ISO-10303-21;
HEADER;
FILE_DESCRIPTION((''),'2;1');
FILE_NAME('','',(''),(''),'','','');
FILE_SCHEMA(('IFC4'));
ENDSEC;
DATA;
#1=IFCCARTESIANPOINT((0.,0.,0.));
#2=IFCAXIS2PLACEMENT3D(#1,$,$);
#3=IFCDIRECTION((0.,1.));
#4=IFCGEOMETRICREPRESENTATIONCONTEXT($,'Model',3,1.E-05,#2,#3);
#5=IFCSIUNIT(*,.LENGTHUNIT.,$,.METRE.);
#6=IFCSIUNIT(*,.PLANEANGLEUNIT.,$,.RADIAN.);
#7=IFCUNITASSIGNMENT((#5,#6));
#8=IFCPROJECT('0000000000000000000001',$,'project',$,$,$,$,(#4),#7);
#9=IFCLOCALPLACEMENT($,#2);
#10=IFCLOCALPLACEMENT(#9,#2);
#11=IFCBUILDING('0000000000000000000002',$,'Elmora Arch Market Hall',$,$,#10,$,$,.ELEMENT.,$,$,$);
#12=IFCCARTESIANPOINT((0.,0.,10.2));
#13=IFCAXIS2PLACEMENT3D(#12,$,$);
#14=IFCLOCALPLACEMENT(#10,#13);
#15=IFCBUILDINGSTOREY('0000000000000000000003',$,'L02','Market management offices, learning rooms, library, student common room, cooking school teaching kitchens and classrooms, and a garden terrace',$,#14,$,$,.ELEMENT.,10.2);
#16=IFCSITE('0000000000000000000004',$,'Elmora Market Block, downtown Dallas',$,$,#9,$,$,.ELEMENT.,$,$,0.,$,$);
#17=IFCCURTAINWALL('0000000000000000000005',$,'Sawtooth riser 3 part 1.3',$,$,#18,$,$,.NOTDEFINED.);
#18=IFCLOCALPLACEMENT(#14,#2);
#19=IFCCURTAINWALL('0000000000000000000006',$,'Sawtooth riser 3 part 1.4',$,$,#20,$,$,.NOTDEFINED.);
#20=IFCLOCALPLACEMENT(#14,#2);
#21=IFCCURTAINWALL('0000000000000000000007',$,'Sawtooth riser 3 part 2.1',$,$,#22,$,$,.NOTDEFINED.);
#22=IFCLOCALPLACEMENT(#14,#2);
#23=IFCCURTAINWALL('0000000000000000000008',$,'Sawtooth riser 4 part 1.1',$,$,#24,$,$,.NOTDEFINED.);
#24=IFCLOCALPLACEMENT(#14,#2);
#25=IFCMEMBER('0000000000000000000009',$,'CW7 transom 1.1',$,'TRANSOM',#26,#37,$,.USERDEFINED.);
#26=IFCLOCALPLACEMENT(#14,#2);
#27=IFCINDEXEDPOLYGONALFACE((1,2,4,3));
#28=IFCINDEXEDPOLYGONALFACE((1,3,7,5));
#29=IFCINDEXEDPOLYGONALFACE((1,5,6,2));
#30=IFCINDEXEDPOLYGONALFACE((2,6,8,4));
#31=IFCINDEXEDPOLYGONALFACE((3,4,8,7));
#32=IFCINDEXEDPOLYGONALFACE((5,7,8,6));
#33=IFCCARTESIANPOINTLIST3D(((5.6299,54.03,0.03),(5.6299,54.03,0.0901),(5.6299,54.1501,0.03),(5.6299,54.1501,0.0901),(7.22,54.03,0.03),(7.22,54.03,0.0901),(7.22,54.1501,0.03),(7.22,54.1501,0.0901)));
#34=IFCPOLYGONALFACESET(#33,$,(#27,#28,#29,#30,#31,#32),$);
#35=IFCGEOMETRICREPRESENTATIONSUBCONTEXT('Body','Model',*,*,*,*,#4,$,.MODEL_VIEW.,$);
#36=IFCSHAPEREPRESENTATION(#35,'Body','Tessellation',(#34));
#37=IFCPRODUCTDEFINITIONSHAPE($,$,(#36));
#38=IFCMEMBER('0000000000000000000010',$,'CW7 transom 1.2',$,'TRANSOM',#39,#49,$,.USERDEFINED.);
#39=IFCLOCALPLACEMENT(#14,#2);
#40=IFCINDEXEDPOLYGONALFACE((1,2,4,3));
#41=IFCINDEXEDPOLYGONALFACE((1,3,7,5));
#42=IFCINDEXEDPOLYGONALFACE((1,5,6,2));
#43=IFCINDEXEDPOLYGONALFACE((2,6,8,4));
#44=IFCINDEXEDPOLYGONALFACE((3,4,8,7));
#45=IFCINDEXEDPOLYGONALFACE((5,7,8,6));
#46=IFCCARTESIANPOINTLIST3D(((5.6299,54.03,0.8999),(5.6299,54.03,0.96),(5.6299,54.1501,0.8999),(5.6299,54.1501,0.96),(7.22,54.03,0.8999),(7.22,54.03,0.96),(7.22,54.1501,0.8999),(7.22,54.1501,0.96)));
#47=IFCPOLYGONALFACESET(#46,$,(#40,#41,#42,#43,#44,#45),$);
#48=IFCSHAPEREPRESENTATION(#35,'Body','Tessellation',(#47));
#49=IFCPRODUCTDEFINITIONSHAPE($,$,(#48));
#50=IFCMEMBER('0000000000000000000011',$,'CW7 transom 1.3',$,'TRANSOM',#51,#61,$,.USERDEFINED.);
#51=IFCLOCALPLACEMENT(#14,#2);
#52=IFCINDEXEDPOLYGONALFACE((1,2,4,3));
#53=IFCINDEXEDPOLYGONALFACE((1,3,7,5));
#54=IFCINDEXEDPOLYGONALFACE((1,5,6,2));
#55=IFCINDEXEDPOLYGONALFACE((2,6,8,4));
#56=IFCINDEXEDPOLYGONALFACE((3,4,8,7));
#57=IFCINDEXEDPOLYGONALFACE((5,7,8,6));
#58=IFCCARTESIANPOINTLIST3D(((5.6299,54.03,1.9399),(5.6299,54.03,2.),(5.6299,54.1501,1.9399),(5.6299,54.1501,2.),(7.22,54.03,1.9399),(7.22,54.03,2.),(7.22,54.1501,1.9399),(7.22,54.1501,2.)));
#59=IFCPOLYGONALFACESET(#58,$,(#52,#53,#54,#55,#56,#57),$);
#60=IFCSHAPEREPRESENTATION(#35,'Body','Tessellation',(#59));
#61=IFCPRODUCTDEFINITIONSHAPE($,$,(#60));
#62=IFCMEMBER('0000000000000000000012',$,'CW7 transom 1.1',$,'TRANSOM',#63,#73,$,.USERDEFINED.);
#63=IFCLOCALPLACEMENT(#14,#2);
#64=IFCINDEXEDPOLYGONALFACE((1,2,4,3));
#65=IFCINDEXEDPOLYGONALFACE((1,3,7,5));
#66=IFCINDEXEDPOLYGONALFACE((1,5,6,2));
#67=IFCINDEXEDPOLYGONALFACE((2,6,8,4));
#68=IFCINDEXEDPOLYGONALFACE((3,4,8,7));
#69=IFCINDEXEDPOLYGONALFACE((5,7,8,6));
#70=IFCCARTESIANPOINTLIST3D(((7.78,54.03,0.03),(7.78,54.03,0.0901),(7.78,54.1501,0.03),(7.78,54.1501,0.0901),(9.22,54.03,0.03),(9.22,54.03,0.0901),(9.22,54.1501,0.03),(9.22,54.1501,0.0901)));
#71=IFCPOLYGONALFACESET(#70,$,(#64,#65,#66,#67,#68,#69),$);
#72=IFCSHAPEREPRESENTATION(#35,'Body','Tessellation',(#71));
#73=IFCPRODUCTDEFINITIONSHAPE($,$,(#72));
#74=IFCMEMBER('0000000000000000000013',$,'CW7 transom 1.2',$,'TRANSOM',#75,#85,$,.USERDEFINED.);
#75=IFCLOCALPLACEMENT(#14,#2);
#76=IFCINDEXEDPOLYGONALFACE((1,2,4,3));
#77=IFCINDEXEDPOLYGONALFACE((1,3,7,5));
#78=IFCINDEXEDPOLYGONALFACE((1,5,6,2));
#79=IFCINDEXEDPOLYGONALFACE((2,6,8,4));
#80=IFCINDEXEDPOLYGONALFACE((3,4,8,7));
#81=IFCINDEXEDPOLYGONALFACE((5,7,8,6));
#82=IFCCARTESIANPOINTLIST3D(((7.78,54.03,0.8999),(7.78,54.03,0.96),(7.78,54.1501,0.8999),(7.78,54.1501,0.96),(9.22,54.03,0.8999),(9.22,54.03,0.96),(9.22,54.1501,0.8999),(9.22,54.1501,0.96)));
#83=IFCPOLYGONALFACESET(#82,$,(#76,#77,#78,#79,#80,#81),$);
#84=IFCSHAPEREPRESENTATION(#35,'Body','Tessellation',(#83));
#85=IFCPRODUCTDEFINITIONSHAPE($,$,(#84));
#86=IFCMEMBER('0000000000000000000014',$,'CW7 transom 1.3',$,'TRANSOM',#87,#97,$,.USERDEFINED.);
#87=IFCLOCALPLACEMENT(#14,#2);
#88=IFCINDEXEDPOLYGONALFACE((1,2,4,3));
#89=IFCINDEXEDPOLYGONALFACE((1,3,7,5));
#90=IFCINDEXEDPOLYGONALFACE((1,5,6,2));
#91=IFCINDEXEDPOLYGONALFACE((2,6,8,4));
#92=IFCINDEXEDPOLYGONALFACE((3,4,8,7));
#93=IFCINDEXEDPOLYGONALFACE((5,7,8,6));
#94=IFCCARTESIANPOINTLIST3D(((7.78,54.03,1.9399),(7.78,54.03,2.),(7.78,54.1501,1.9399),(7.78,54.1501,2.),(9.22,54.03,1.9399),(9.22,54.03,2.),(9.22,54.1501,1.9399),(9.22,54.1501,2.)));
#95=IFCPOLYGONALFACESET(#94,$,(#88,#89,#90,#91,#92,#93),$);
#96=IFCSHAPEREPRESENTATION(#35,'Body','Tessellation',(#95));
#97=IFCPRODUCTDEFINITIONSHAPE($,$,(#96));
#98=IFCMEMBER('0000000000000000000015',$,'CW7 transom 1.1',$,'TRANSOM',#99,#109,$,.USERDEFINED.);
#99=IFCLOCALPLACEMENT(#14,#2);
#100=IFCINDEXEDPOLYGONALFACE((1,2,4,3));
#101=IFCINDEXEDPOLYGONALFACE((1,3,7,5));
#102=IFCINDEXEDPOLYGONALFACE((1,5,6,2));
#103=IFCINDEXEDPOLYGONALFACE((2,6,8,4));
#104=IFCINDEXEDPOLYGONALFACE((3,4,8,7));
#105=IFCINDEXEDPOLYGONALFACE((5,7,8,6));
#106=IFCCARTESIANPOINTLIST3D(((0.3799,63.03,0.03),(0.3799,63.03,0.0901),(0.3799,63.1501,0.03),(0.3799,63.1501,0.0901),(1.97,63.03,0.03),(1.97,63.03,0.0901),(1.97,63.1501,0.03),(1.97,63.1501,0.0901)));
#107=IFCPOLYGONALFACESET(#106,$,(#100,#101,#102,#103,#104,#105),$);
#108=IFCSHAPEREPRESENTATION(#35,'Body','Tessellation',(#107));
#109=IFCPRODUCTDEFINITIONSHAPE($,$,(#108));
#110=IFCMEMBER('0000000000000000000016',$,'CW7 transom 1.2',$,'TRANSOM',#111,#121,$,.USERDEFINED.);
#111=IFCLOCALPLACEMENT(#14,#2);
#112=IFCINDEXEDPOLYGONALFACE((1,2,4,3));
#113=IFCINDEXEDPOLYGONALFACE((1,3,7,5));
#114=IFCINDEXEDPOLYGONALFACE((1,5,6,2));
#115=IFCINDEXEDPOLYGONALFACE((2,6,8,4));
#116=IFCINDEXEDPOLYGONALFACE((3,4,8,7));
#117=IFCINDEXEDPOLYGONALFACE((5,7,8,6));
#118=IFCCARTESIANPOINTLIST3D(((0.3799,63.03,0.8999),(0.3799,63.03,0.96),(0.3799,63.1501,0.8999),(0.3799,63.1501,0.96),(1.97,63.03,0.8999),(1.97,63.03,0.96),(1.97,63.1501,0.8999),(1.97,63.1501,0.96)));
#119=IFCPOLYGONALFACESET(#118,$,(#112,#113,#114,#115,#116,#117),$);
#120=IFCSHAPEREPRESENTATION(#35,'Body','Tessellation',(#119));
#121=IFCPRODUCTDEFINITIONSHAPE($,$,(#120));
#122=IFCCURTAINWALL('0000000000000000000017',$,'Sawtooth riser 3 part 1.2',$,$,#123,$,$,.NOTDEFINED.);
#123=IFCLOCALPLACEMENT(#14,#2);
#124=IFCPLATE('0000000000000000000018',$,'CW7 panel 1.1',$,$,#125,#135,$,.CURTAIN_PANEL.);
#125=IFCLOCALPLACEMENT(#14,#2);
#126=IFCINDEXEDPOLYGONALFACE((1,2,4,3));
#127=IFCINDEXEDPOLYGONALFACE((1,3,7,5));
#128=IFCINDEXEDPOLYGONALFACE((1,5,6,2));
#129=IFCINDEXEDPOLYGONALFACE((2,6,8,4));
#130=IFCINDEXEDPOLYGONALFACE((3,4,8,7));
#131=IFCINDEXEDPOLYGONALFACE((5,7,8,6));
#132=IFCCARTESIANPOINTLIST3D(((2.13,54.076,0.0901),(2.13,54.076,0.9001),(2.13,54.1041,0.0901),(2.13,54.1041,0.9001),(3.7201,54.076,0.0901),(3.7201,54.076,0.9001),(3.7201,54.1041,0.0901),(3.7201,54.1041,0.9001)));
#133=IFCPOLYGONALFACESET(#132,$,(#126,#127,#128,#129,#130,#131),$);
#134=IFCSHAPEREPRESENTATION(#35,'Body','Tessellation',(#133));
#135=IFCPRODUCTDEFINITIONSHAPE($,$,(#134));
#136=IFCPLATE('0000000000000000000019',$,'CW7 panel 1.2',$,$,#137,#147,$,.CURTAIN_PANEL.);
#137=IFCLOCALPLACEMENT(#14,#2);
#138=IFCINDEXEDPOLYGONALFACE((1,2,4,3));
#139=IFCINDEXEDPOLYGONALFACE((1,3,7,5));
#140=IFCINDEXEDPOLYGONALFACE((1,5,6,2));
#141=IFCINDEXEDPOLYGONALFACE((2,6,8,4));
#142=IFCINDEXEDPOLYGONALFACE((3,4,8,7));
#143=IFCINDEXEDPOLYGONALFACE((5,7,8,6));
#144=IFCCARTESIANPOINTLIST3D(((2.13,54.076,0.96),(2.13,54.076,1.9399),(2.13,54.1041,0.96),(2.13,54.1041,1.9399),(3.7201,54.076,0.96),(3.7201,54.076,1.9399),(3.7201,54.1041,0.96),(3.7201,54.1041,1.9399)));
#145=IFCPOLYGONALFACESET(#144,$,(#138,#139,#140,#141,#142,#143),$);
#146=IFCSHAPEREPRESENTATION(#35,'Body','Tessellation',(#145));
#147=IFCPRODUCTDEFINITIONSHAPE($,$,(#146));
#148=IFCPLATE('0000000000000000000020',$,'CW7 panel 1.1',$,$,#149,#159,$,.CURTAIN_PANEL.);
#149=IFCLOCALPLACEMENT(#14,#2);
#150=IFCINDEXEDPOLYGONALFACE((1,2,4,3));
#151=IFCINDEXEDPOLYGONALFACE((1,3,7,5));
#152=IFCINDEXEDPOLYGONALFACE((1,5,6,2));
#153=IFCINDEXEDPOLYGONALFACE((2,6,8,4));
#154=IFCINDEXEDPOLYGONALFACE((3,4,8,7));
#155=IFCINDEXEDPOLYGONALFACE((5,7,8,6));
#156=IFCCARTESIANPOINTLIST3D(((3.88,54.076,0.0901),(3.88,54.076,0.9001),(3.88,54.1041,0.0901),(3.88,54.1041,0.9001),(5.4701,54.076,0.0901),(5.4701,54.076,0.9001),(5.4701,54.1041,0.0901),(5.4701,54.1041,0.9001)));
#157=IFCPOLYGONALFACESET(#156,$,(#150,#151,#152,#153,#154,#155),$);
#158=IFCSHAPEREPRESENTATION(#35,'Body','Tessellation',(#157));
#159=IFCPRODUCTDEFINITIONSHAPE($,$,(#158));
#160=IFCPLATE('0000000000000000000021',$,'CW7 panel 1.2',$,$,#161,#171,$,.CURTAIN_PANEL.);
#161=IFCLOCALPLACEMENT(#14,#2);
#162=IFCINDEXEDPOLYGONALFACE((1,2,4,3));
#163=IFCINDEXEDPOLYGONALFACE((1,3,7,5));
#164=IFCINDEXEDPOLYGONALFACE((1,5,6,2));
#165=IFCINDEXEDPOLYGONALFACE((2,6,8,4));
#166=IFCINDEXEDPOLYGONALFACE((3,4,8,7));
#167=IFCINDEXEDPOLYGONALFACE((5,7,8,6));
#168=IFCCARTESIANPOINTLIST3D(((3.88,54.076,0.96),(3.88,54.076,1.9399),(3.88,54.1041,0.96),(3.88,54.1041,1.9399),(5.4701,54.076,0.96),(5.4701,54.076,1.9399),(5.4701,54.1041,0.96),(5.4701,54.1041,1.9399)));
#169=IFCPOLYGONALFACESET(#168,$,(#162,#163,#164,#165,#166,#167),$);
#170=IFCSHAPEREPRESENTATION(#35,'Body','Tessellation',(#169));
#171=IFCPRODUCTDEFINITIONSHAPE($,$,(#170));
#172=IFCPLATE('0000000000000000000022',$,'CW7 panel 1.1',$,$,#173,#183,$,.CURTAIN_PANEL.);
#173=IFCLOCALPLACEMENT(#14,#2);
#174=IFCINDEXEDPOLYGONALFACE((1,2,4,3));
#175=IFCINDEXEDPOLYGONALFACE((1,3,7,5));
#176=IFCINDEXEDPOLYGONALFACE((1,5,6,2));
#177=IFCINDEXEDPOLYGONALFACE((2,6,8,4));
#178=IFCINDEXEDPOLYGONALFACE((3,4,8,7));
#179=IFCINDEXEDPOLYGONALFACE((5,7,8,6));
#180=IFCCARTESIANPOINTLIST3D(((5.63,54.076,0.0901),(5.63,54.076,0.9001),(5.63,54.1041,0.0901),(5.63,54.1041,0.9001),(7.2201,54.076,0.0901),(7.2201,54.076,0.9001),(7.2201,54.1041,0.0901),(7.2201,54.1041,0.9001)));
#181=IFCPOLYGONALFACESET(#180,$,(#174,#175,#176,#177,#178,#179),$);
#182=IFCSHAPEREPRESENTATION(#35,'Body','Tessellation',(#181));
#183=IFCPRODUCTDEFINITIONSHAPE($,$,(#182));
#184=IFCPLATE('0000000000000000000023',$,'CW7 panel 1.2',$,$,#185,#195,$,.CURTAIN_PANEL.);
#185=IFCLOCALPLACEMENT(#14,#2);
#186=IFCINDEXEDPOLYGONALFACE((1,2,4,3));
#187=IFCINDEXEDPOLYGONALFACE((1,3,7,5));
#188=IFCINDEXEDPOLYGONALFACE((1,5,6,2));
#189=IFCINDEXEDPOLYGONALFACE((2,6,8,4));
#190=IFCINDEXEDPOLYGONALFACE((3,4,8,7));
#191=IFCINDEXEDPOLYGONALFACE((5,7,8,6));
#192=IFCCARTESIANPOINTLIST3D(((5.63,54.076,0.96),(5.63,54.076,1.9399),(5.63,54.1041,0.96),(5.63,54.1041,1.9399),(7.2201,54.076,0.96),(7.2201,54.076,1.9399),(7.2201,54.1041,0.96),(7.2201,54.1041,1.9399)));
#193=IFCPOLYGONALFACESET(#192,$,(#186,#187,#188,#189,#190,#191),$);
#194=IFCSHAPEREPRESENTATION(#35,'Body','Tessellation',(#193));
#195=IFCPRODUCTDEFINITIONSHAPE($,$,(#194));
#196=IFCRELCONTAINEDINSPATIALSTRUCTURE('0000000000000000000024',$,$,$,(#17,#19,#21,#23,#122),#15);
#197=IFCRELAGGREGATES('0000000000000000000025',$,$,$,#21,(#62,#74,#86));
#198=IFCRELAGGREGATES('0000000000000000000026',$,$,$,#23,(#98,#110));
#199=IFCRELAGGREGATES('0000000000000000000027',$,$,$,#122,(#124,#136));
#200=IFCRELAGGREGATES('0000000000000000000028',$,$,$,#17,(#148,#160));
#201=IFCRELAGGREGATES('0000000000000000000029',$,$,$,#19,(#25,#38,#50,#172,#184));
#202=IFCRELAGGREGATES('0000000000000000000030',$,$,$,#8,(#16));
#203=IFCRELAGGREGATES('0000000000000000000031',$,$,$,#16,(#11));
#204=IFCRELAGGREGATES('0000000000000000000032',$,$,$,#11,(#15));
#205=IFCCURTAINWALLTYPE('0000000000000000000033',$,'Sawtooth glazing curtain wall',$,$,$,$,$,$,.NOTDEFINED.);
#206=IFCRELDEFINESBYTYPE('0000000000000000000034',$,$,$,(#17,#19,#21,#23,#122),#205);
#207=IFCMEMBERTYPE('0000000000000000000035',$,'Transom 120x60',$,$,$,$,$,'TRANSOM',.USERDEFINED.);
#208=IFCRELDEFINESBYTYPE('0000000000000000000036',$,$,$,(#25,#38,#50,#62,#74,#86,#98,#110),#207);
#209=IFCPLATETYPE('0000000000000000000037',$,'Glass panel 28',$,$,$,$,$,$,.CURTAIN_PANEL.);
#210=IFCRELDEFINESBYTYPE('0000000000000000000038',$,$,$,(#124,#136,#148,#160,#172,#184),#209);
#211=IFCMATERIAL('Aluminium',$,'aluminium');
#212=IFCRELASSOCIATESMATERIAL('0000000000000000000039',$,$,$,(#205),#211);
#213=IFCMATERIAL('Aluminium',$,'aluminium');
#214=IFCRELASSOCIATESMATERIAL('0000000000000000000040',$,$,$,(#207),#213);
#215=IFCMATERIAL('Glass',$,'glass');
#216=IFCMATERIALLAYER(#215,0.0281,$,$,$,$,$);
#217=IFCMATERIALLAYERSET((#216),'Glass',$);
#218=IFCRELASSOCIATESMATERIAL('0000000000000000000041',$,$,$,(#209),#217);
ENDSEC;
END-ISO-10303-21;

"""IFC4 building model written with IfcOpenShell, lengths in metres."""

from ifc_helpers import new_model, si_unit, direction, frame, origin, origin_2d, place, context, subcontext, project, spatial, rectangle, extrude, material, layer, layer_set, material_profile, profile_set, type_object, element, aggregate, save


model = new_model("IFC4")

# Units and contexts
model_context = context("Model", 3, precision=1e-05, world=origin(), true_north=direction((0.0, 1.0)))
body_context = subcontext(model_context, "Body", "Model", "MODEL_VIEW")
ifc_project = project(units=[si_unit("LENGTHUNIT", "METRE"), si_unit("PLANEANGLEUNIT", "RADIAN")], contexts=[model_context])

# Site, building, storey
site_placement = place(None, origin())
site = spatial("IfcSite", under=ifc_project, at=site_placement, Name="Elmora Market Block, downtown Dallas", CompositionType="ELEMENT", RefElevation=0.0)
building_placement = place(site_placement, origin())
building = spatial("IfcBuilding", under=site, at=building_placement, Name="Elmora Arch Market Hall", CompositionType="ELEMENT")
storey_placement = place(building_placement, frame((0.0, 0.0, 10.2)))
storey = spatial("IfcBuildingStorey", under=building, at=storey_placement, Name="L02", Description="Market management offices, learning rooms, library, student common room, cooking school teaching kitchens and classrooms, and a garden terrace", CompositionType="ELEMENT", Elevation=10.2)

# Curtain walls
ifc_material_1 = material(Name="Aluminium", Category="aluminium")
curtain_wall_type = type_object("IfcCurtainWallType", Name="Sawtooth glazing curtain wall", PredefinedType="NOTDEFINED", material=ifc_material_1)
curtain_wall_1_placement = place(storey_placement, origin())
curtain_wall_1 = element("IfcCurtainWall", 1, at=curtain_wall_1_placement, inside=storey, type_object=curtain_wall_type, Name="Sawtooth riser 3 part 1.3", PredefinedType="NOTDEFINED")
curtain_wall_2_placement = place(storey_placement, origin())
curtain_wall_2 = element("IfcCurtainWall", 2, at=curtain_wall_2_placement, inside=storey, type_object=curtain_wall_type, Name="Sawtooth riser 3 part 1.4", PredefinedType="NOTDEFINED")

# Curtain walls
curtain_wall_3_placement = place(storey_placement, origin())
curtain_wall_3 = element("IfcCurtainWall", 3, at=curtain_wall_3_placement, inside=storey, type_object=curtain_wall_type, Name="Sawtooth riser 3 part 2.1", PredefinedType="NOTDEFINED")
curtain_wall_4_placement = place(storey_placement, origin())
curtain_wall_4 = element("IfcCurtainWall", 4, at=curtain_wall_4_placement, inside=storey, type_object=curtain_wall_type, Name="Sawtooth riser 4 part 1.1", PredefinedType="NOTDEFINED")

# Members
ifc_material_2 = material(Name="Aluminium", Category="aluminium")
ifc_material_profile_1 = material_profile(ifc_material_2, rectangle(XDim=0.1201, YDim=0.0601, at=origin_2d()), Name="AL 120x60")
ifc_profile_set_1 = profile_set([ifc_material_profile_1], Name="Aluminium")
member_type_1 = type_object("IfcMemberType", Name="Transom 120x60", ElementType="TRANSOM", PredefinedType="USERDEFINED", material=ifc_profile_set_1)
member_1_placement = place(storey_placement, frame((5.6299, 54.0901, 0.0601), z_axis=(1.0, 0.0, 0.0), x_axis=(0.0, 1.0, 0.0)))
member_1 = element("IfcMember", 5, at=member_1_placement, type_object=member_type_1, Name="CW7 transom 1.1", ObjectType="TRANSOM", PredefinedType="USERDEFINED", context=body_context, shape_type="SweptSolid", body=[
    extrude(rectangle(XDim=0.1201, YDim=0.0601, at=origin_2d()), origin(), (0.0, 0.0, 1.0), 1.5901),
])
member_2_placement = place(storey_placement, frame((5.6299, 54.0901, 0.9299), z_axis=(1.0, 0.0, 0.0), x_axis=(0.0, 1.0, 0.0)))
member_2 = element("IfcMember", 6, at=member_2_placement, type_object=member_type_1, Name="CW7 transom 1.2", ObjectType="TRANSOM", PredefinedType="USERDEFINED", context=body_context, shape_type="SweptSolid", body=[
    extrude(rectangle(XDim=0.1201, YDim=0.0601, at=origin_2d()), origin(), (0.0, 0.0, 1.0), 1.5901),
])
member_3_placement = place(storey_placement, frame((5.6299, 54.0901, 1.97), z_axis=(1.0, 0.0, 0.0), x_axis=(0.0, 1.0, 0.0)))
member_3 = element("IfcMember", 7, at=member_3_placement, type_object=member_type_1, Name="CW7 transom 1.3", ObjectType="TRANSOM", PredefinedType="USERDEFINED", context=body_context, shape_type="SweptSolid", body=[
    extrude(rectangle(XDim=0.1201, YDim=0.0601, at=origin_2d()), origin(), (0.0, 0.0, 1.0), 1.5901),
])
member_4_placement = place(storey_placement, frame((7.78, 54.0901, 0.0601), z_axis=(1.0, 0.0, 0.0), x_axis=(0.0, 1.0, 0.0)))
member_4 = element("IfcMember", 8, at=member_4_placement, type_object=member_type_1, Name="CW7 transom 1.1", ObjectType="TRANSOM", PredefinedType="USERDEFINED", context=body_context, shape_type="SweptSolid", body=[
    extrude(rectangle(XDim=0.1201, YDim=0.0601, at=origin_2d()), origin(), (0.0, 0.0, 1.0), 1.4399),
])
member_5_placement = place(storey_placement, frame((7.78, 54.0901, 0.9299), z_axis=(1.0, 0.0, 0.0), x_axis=(0.0, 1.0, 0.0)))
member_5 = element("IfcMember", 9, at=member_5_placement, type_object=member_type_1, Name="CW7 transom 1.2", ObjectType="TRANSOM", PredefinedType="USERDEFINED", context=body_context, shape_type="SweptSolid", body=[
    extrude(rectangle(XDim=0.1201, YDim=0.0601, at=origin_2d()), origin(), (0.0, 0.0, 1.0), 1.4399),
])
member_6_placement = place(storey_placement, frame((7.78, 54.0901, 1.97), z_axis=(1.0, 0.0, 0.0), x_axis=(0.0, 1.0, 0.0)))
member_6 = element("IfcMember", 10, at=member_6_placement, type_object=member_type_1, Name="CW7 transom 1.3", ObjectType="TRANSOM", PredefinedType="USERDEFINED", context=body_context, shape_type="SweptSolid", body=[
    extrude(rectangle(XDim=0.1201, YDim=0.0601, at=origin_2d()), origin(), (0.0, 0.0, 1.0), 1.4399),
])
aggregate(curtain_wall_3, [member_4, member_5, member_6])
member_7_placement = place(storey_placement, frame((0.3799, 63.0901, 0.0601), z_axis=(1.0, 0.0, 0.0), x_axis=(0.0, 1.0, 0.0)))
member_7 = element("IfcMember", 11, at=member_7_placement, type_object=member_type_1, Name="CW7 transom 1.1", ObjectType="TRANSOM", PredefinedType="USERDEFINED", context=body_context, shape_type="SweptSolid", body=[
    extrude(rectangle(XDim=0.1201, YDim=0.0601, at=origin_2d()), origin(), (0.0, 0.0, 1.0), 1.5901),
])
member_8_placement = place(storey_placement, frame((0.3799, 63.0901, 0.9299), z_axis=(1.0, 0.0, 0.0), x_axis=(0.0, 1.0, 0.0)))
member_8 = element("IfcMember", 12, at=member_8_placement, type_object=member_type_1, Name="CW7 transom 1.2", ObjectType="TRANSOM", PredefinedType="USERDEFINED", context=body_context, shape_type="SweptSolid", body=[
    extrude(rectangle(XDim=0.1201, YDim=0.0601, at=origin_2d()), origin(), (0.0, 0.0, 1.0), 1.5901),
])
aggregate(curtain_wall_4, [member_7, member_8])

# Curtain wall, plates
curtain_wall_5_placement = place(storey_placement, origin())
curtain_wall_5 = element("IfcCurtainWall", 13, at=curtain_wall_5_placement, inside=storey, type_object=curtain_wall_type, Name="Sawtooth riser 3 part 1.2", PredefinedType="NOTDEFINED")
ifc_material_3 = material(Name="Glass", Category="glass")
ifc_layer_1 = layer(ifc_material_3, 0.0281)
ifc_layer_set_1 = layer_set([ifc_layer_1], Name="Glass")
plate_type = type_object("IfcPlateType", Name="Glass panel 28", PredefinedType="CURTAIN_PANEL", material=ifc_layer_set_1)
plate_1_placement = place(storey_placement, frame((2.925, 54.0901, 0.0901), z_axis=(0.0, 0.0, 1.0), x_axis=(1.0, 0.0, 0.0)))
plate_1 = element("IfcPlate", 14, at=plate_1_placement, type_object=plate_type, Name="CW7 panel 1.1", PredefinedType="CURTAIN_PANEL", context=body_context, shape_type="SweptSolid", body=[
    extrude(rectangle(XDim=1.5901, YDim=0.0281, at=origin_2d()), origin(), (0.0, 0.0, 1.0), 0.8101),
])
plate_2_placement = place(storey_placement, frame((2.925, 54.0901, 0.96), z_axis=(0.0, 0.0, 1.0), x_axis=(1.0, 0.0, 0.0)))
plate_2 = element("IfcPlate", 15, at=plate_2_placement, type_object=plate_type, Name="CW7 panel 1.2", PredefinedType="CURTAIN_PANEL", context=body_context, shape_type="SweptSolid", body=[
    extrude(rectangle(XDim=1.5901, YDim=0.0281, at=origin_2d()), origin(), (0.0, 0.0, 1.0), 0.98),
])
aggregate(curtain_wall_5, [plate_1, plate_2])

# Plates
plate_3_placement = place(storey_placement, frame((4.675, 54.0901, 0.0901), z_axis=(0.0, 0.0, 1.0), x_axis=(1.0, 0.0, 0.0)))
plate_3 = element("IfcPlate", 16, at=plate_3_placement, type_object=plate_type, Name="CW7 panel 1.1", PredefinedType="CURTAIN_PANEL", context=body_context, shape_type="SweptSolid", body=[
    extrude(rectangle(XDim=1.5901, YDim=0.0281, at=origin_2d()), origin(), (0.0, 0.0, 1.0), 0.8101),
])
plate_4_placement = place(storey_placement, frame((4.675, 54.0901, 0.96), z_axis=(0.0, 0.0, 1.0), x_axis=(1.0, 0.0, 0.0)))
plate_4 = element("IfcPlate", 17, at=plate_4_placement, type_object=plate_type, Name="CW7 panel 1.2", PredefinedType="CURTAIN_PANEL", context=body_context, shape_type="SweptSolid", body=[
    extrude(rectangle(XDim=1.5901, YDim=0.0281, at=origin_2d()), origin(), (0.0, 0.0, 1.0), 0.98),
])
aggregate(curtain_wall_1, [plate_3, plate_4])
plate_5_placement = place(storey_placement, frame((6.425, 54.0901, 0.0901), z_axis=(0.0, 0.0, 1.0), x_axis=(1.0, 0.0, 0.0)))
plate_5 = element("IfcPlate", 18, at=plate_5_placement, type_object=plate_type, Name="CW7 panel 1.1", PredefinedType="CURTAIN_PANEL", context=body_context, shape_type="SweptSolid", body=[
    extrude(rectangle(XDim=1.5901, YDim=0.0281, at=origin_2d()), origin(), (0.0, 0.0, 1.0), 0.8101),
])
plate_6_placement = place(storey_placement, frame((6.425, 54.0901, 0.96), z_axis=(0.0, 0.0, 1.0), x_axis=(1.0, 0.0, 0.0)))
plate_6 = element("IfcPlate", 19, at=plate_6_placement, type_object=plate_type, Name="CW7 panel 1.2", PredefinedType="CURTAIN_PANEL", context=body_context, shape_type="SweptSolid", body=[
    extrude(rectangle(XDim=1.5901, YDim=0.0281, at=origin_2d()), origin(), (0.0, 0.0, 1.0), 0.98),
])
aggregate(curtain_wall_2, [member_1, member_2, member_3, plate_5, plate_6])

save(model, "model.ifc")
